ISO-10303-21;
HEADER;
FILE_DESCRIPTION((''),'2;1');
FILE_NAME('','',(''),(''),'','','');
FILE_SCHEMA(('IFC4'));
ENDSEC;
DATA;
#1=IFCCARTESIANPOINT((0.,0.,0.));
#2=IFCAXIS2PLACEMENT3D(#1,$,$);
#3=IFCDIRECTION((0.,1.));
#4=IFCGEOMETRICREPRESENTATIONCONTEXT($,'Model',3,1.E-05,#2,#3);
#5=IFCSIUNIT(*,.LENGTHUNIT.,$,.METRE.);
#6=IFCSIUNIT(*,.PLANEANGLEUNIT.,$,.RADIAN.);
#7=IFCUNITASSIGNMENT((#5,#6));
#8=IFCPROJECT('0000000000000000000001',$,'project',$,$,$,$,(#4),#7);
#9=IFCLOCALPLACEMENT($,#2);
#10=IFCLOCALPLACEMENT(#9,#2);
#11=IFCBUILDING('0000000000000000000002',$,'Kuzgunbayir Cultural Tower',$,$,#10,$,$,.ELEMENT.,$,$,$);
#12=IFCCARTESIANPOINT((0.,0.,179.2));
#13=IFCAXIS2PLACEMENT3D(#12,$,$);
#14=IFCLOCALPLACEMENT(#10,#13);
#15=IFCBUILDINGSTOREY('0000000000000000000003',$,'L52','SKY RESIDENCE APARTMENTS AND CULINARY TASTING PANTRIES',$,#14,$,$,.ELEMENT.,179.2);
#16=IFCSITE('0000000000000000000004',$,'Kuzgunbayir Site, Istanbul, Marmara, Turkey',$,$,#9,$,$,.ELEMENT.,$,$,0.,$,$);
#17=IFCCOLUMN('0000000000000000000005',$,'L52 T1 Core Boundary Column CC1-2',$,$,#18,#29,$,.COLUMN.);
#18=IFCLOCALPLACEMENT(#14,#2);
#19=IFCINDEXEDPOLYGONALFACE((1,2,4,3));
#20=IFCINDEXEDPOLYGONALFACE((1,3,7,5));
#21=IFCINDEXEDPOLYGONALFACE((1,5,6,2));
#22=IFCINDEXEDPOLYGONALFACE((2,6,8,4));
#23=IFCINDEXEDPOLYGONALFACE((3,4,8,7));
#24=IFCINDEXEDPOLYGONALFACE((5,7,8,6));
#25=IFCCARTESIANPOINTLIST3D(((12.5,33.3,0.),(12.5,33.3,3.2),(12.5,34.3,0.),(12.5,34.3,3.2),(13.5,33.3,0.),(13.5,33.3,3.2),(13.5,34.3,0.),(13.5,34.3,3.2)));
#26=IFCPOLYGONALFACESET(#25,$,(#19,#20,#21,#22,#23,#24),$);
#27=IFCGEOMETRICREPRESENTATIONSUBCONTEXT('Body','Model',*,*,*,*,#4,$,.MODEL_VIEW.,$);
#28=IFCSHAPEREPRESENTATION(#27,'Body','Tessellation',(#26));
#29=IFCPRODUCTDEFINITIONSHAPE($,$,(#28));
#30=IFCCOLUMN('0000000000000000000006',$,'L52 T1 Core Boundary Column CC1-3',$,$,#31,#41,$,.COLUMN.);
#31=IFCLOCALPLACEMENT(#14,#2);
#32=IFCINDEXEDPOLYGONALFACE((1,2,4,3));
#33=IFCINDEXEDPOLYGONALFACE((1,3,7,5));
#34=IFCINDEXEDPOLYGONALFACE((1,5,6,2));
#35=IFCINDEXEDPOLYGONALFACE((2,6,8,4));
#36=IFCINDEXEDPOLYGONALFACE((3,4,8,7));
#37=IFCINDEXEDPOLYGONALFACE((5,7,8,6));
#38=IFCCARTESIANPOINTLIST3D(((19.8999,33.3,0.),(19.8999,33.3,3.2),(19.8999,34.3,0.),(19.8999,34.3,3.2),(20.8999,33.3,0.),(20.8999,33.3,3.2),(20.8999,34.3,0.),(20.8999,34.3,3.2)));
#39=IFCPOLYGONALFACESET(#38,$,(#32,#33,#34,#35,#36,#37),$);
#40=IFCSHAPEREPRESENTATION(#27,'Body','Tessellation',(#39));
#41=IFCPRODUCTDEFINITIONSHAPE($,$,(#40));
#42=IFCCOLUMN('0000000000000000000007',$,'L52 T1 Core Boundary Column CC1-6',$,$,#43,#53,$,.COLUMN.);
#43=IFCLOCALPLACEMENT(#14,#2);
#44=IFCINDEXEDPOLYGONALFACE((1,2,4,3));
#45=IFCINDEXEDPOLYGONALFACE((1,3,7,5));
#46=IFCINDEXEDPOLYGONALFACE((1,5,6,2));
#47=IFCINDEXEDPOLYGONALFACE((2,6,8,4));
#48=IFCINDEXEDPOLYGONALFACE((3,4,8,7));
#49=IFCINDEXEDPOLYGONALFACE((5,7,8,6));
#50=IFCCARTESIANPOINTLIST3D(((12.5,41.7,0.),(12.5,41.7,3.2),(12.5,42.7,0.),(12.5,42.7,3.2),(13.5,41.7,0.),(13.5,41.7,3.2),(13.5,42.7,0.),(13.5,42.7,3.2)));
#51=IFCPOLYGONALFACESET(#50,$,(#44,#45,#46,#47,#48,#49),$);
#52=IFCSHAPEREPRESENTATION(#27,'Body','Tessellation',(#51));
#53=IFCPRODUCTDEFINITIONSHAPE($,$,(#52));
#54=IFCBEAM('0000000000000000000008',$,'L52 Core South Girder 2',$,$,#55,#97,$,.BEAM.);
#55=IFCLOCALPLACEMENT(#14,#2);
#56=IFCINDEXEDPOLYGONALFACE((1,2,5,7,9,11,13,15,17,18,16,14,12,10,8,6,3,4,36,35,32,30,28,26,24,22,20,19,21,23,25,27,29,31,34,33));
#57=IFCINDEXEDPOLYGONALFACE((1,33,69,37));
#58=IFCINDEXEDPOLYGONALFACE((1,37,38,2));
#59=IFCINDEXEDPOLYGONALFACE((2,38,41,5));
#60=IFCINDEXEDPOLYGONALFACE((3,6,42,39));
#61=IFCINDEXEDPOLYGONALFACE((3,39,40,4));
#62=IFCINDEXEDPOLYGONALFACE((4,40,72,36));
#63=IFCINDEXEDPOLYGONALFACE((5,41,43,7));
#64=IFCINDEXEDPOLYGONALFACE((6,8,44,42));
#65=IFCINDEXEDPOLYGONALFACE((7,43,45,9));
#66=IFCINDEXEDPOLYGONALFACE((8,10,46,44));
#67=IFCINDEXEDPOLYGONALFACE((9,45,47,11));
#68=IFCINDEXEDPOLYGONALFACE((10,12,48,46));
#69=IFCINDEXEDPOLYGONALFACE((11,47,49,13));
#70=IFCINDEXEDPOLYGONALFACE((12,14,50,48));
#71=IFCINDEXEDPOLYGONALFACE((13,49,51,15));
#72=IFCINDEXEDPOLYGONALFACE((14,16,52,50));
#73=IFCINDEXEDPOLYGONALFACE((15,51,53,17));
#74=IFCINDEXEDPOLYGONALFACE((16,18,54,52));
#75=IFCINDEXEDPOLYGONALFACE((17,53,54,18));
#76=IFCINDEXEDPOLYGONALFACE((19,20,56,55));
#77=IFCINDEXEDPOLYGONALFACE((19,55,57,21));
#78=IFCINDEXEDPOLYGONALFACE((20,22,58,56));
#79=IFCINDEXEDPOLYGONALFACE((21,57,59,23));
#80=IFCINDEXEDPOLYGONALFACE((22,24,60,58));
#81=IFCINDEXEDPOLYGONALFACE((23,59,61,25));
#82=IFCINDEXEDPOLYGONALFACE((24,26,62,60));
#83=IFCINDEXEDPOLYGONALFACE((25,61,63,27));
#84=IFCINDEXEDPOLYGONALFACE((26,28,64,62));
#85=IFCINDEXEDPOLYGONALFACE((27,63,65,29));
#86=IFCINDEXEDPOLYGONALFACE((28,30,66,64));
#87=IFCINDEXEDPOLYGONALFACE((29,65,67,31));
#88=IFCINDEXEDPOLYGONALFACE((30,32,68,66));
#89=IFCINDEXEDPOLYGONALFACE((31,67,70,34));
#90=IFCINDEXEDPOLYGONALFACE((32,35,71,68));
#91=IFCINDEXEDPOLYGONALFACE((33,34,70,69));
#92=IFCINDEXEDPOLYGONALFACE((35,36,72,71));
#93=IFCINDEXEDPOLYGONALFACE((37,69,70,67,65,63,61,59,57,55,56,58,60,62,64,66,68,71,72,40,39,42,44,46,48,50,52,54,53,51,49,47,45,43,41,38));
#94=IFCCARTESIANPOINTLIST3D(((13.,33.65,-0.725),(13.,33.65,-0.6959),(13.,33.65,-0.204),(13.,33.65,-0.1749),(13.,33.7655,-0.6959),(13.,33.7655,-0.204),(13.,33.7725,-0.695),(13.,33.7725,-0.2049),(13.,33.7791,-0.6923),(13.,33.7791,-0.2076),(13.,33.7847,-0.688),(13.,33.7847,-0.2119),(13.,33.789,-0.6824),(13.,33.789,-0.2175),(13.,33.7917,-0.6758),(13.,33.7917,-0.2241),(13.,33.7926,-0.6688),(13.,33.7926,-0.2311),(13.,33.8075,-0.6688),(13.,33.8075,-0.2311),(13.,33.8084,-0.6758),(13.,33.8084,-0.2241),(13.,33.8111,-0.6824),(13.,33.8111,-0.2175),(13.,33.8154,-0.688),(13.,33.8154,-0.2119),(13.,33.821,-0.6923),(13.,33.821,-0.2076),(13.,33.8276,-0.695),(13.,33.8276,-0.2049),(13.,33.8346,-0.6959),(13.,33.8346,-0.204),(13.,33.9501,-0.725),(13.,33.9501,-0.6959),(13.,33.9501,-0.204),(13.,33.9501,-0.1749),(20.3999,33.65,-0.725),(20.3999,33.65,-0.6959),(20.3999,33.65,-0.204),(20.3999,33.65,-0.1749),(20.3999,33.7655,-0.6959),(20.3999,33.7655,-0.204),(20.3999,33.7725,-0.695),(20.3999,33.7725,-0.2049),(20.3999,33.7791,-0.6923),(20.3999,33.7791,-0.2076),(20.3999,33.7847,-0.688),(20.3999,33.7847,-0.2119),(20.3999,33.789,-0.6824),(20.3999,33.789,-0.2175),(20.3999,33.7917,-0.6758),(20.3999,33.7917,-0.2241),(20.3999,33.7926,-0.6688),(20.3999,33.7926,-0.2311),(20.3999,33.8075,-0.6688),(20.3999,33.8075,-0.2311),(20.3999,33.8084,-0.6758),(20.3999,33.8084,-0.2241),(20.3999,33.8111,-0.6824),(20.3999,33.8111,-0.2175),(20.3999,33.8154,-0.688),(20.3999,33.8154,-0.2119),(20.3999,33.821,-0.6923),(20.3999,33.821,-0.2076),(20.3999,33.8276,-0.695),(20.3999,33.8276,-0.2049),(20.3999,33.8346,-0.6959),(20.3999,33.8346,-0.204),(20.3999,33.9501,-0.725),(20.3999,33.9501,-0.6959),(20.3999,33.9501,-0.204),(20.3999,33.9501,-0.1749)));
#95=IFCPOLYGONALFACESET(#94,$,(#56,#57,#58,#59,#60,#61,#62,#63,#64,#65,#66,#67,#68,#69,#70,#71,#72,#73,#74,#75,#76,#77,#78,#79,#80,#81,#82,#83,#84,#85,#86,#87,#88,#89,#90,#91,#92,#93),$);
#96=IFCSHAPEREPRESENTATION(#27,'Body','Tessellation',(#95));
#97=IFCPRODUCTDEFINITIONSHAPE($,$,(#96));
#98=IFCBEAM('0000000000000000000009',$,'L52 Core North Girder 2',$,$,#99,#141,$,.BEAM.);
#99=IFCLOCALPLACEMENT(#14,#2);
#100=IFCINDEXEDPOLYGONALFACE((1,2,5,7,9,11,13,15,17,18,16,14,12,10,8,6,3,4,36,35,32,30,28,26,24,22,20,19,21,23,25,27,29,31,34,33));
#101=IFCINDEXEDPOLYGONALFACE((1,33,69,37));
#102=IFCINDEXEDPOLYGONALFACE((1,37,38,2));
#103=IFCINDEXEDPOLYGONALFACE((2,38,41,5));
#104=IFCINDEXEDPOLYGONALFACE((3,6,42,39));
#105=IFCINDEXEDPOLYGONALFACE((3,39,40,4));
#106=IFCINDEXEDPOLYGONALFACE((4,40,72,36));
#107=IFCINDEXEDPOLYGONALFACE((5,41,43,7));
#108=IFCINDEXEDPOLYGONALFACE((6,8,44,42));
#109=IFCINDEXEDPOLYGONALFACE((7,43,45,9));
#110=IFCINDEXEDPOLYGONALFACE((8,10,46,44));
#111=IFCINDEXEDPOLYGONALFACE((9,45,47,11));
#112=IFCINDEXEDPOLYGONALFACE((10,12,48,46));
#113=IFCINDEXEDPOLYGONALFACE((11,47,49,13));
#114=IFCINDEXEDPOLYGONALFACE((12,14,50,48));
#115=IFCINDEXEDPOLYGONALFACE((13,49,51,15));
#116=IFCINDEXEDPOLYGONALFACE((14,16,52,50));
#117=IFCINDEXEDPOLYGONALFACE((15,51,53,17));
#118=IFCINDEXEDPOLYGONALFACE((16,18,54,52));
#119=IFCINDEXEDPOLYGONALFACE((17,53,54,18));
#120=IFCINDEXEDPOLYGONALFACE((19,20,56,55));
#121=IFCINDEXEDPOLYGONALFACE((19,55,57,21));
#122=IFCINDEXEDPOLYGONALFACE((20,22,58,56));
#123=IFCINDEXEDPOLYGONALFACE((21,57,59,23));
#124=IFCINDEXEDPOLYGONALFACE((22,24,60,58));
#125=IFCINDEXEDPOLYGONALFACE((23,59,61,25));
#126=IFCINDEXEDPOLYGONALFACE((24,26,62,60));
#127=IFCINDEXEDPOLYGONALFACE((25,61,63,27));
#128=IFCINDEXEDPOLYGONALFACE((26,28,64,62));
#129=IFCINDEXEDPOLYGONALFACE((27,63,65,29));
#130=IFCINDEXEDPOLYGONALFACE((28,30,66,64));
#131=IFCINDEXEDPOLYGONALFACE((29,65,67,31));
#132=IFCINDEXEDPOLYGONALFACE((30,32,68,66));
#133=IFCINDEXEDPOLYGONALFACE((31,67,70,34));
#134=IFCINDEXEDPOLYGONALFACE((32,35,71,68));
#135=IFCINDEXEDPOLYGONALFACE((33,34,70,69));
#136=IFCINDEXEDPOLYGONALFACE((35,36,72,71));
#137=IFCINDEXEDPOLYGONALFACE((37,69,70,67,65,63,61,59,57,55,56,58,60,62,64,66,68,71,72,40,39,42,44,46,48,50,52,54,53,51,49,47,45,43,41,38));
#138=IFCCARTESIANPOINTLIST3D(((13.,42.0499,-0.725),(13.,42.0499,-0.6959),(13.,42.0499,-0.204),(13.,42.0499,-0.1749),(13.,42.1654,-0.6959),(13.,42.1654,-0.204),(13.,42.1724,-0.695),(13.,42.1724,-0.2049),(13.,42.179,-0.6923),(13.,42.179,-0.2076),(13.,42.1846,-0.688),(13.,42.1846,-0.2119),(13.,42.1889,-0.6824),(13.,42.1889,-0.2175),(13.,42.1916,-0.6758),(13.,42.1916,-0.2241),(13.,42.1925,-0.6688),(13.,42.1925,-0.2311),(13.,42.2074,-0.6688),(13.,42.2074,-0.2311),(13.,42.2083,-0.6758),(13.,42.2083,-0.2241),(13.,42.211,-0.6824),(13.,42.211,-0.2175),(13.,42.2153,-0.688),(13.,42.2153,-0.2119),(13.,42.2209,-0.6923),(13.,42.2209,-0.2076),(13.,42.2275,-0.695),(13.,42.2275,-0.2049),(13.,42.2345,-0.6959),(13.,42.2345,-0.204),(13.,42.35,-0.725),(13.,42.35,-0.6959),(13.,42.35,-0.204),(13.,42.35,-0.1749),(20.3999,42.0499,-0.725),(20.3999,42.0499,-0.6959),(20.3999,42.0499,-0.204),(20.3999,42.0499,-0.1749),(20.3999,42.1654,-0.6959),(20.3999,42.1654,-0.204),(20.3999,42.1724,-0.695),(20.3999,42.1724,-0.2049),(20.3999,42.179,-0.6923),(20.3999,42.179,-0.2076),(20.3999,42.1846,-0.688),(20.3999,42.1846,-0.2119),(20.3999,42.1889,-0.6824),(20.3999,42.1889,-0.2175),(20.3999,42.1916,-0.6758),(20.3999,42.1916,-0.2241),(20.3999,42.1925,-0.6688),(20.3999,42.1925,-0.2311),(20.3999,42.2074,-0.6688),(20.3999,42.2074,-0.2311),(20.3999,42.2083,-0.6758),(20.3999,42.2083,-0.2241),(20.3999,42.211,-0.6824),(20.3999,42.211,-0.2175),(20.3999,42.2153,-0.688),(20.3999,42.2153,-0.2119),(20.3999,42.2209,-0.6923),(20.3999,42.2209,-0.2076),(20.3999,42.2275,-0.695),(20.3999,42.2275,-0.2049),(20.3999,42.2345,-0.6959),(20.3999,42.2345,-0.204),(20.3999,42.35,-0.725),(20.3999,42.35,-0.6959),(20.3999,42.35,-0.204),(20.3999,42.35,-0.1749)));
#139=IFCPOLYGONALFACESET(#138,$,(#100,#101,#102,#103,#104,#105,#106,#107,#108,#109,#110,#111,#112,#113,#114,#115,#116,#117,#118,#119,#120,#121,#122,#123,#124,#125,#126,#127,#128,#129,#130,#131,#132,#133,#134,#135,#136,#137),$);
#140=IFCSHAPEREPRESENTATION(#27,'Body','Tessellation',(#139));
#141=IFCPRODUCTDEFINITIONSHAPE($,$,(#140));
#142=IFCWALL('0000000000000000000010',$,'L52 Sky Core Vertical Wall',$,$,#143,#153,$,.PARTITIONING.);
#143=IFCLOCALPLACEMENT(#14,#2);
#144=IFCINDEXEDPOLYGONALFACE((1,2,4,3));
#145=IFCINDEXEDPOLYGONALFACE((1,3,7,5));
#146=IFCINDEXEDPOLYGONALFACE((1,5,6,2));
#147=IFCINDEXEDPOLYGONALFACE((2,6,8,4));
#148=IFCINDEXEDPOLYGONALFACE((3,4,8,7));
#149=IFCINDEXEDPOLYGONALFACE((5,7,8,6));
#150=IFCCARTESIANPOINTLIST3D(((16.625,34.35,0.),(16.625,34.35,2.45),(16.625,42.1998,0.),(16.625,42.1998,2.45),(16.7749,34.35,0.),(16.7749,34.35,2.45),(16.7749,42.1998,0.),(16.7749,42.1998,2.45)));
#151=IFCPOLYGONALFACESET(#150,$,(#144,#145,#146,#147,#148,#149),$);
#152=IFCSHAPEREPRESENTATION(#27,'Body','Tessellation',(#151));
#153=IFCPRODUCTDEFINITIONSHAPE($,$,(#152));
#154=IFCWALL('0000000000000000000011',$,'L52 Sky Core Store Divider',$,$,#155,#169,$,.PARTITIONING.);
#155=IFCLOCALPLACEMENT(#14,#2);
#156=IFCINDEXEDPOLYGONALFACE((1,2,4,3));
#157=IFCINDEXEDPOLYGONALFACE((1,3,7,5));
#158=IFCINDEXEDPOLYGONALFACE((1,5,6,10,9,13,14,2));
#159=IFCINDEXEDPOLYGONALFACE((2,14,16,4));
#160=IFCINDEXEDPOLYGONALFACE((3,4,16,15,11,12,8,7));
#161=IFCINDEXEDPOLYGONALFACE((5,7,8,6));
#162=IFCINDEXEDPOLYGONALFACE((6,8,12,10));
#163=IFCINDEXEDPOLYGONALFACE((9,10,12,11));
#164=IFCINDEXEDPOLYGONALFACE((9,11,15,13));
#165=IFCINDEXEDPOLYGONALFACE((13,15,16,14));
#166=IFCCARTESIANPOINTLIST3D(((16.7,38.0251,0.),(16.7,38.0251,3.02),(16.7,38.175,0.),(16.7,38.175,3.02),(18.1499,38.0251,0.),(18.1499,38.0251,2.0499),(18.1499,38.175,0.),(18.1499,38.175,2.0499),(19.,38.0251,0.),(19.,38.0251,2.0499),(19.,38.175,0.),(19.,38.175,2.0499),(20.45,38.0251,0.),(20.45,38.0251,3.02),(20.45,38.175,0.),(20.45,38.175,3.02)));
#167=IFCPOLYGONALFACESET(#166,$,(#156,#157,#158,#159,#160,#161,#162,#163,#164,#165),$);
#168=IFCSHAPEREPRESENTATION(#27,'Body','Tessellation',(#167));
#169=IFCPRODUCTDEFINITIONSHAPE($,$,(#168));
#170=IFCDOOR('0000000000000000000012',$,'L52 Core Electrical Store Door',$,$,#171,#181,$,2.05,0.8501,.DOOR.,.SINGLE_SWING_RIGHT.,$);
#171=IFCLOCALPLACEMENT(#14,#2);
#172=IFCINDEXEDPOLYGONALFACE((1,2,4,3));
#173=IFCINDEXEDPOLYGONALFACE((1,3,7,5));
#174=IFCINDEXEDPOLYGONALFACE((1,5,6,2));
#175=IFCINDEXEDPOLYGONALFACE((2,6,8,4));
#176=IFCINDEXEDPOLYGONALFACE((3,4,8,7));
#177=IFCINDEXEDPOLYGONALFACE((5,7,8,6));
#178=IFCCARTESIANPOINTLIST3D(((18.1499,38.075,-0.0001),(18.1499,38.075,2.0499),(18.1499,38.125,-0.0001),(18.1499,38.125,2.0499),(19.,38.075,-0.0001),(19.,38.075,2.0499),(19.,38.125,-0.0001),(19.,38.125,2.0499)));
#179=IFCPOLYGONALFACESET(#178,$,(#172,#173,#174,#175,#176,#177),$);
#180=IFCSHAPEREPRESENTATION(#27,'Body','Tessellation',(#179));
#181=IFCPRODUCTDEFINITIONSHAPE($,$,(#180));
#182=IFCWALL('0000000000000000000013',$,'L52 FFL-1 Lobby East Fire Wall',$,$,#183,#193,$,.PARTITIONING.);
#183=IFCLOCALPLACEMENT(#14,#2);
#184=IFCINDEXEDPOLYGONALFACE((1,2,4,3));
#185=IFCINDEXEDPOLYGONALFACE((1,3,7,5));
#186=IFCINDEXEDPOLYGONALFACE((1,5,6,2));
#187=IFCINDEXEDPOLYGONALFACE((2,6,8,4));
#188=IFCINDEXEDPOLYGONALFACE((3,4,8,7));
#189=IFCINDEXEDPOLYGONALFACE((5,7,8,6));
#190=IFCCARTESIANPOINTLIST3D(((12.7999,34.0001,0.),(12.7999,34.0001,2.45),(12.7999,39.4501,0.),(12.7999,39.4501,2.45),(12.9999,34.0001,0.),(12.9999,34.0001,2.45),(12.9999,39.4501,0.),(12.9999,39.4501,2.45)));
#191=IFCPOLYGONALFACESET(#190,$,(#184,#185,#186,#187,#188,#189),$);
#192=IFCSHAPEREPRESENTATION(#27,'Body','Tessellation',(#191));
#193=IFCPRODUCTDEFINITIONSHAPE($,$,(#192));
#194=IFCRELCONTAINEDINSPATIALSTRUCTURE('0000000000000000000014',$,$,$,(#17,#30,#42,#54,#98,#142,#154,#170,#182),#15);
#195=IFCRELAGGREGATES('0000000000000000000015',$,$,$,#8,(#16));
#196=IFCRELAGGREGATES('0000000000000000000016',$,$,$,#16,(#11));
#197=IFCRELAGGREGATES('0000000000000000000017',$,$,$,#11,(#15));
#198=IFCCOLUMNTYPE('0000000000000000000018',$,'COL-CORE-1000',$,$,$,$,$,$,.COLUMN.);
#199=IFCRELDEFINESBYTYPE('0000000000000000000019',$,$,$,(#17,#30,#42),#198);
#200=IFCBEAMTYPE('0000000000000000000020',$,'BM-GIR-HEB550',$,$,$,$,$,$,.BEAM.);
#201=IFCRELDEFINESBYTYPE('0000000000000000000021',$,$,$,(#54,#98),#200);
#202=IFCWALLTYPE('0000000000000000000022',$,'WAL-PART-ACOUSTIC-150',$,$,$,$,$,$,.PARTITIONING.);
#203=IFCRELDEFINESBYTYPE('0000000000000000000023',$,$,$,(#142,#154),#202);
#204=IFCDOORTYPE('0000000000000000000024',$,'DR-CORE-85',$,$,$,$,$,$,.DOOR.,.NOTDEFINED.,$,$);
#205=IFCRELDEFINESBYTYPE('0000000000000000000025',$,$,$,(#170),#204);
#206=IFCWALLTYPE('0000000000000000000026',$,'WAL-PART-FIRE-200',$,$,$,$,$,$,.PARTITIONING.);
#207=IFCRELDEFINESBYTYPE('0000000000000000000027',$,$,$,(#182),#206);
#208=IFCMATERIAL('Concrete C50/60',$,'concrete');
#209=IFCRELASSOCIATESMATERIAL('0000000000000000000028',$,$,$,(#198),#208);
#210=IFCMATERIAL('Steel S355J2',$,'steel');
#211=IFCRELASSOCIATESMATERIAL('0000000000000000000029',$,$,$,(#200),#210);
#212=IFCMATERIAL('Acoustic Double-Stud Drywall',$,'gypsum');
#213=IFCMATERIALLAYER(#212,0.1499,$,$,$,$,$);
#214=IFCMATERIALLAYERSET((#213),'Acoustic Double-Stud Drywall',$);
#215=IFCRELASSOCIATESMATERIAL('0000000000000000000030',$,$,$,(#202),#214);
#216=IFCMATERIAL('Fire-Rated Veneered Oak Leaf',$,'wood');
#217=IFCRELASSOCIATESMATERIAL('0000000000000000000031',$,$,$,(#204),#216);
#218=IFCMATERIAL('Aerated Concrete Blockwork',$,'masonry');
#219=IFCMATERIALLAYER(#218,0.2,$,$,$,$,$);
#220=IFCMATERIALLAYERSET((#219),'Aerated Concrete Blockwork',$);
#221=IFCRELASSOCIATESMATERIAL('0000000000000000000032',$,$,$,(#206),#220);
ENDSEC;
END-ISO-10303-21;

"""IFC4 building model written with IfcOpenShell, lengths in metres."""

from ifc_helpers import new_model, si_unit, direction, frame, frame_2d, origin, origin_2d, place, context, subcontext, project, spatial, rectangle, i_section, extrude, material, layer, layer_set, material_profile, profile_set, type_object, element, fill, save


model = new_model("IFC4")

# Units and contexts
model_context = context("Model", 3, precision=1e-05, world=origin(), true_north=direction((0.0, 1.0)))
body_context = subcontext(model_context, "Body", "Model", "MODEL_VIEW")
ifc_project = project(units=[si_unit("LENGTHUNIT", "METRE"), si_unit("PLANEANGLEUNIT", "RADIAN")], contexts=[model_context])

# Site, building, storey
site_placement = place(None, origin())
site = spatial("IfcSite", under=ifc_project, at=site_placement, Name="Kuzgunbayir Site, Istanbul, Marmara, Turkey", CompositionType="ELEMENT", RefElevation=0.0)
building_placement = place(site_placement, origin())
building = spatial("IfcBuilding", under=site, at=building_placement, Name="Kuzgunbayir Cultural Tower", CompositionType="ELEMENT")
storey_placement = place(building_placement, frame((0.0, 0.0, 179.2)))
storey = spatial("IfcBuildingStorey", under=building, at=storey_placement, Name="L52", Description="SKY RESIDENCE APARTMENTS AND CULINARY TASTING PANTRIES", CompositionType="ELEMENT", Elevation=179.2)

# Columns
ifc_material_1 = material(Name="Concrete C50/60", Category="concrete")
ifc_material_profile_1 = material_profile(ifc_material_1, rectangle(XDim=1.0, YDim=1.0, at=origin_2d()), Name="RC 1000x1000")
ifc_profile_set_1 = profile_set([ifc_material_profile_1], Name="Concrete C50/60")
column_type = type_object("IfcColumnType", Name="COL-CORE-1000", PredefinedType="COLUMN", material=ifc_profile_set_1)
for number, where, z_axis, x_axis, name in (
    (1, (13.0, 33.8, 0.0), (0.0, 0.0, 1.0), (1.0, 0.0, 0.0), "L52 T1 Core Boundary Column CC1-2"),
    (2, (20.3999, 33.8, 0.0), (0.0, 0.0, 1.0), (1.0, 0.0, 0.0), "L52 T1 Core Boundary Column CC1-3"),
    (3, (13.0, 42.2, 0.0), (0.0, 0.0, 1.0), (1.0, 0.0, 0.0), "L52 T1 Core Boundary Column CC1-6"),
):
    element("IfcColumn", number, at=place(storey_placement, frame(where, z_axis=z_axis, x_axis=x_axis)), inside=storey, type_object=column_type, Name=name, PredefinedType="COLUMN", context=body_context, shape_type="SweptSolid", body=[
        extrude(rectangle(XDim=1.0, YDim=1.0, at=origin_2d()), origin(), (0.0, 0.0, 1.0), 3.2),
    ])

# Beams
ifc_material_2 = material(Name="Steel S355J2", Category="steel")
ifc_material_profile_2 = material_profile(ifc_material_2, i_section(OverallWidth=0.3, OverallDepth=0.55, WebThickness=0.0149, FlangeThickness=0.0291, FilletRadius=0.0271, at=origin_2d()), Name="HEB 550")
ifc_profile_set_2 = profile_set([ifc_material_profile_2], Name="Steel S355J2")
beam_type = type_object("IfcBeamType", Name="BM-GIR-HEB550", PredefinedType="BEAM", material=ifc_profile_set_2)
for number, where, z_axis, x_axis, name in (
    (4, (13.0, 33.8, -0.45), (1.0, 0.0, 0.0), (0.0, 1.0, 0.0), "L52 Core South Girder 2"),
    (5, (13.0, 42.2, -0.45), (1.0, 0.0, 0.0), (0.0, 1.0, 0.0), "L52 Core North Girder 2"),
):
    element("IfcBeam", number, at=place(storey_placement, frame(where, z_axis=z_axis, x_axis=x_axis)), inside=storey, type_object=beam_type, Name=name, PredefinedType="BEAM", context=body_context, shape_type="SweptSolid", body=[
        extrude(i_section(OverallWidth=0.3, OverallDepth=0.55, WebThickness=0.0149, FlangeThickness=0.0291, FilletRadius=0.0271, at=origin_2d()), origin(), (0.0, 0.0, 1.0), 7.3999),
    ])

# Shared definitions
ifc_material_3 = material(Name="Acoustic Double-Stud Drywall", Category="gypsum")
ifc_layer_1 = layer(ifc_material_3, 0.1499)
ifc_layer_set_1 = layer_set([ifc_layer_1], Name="Acoustic Double-Stud Drywall")
wall_type_1 = type_object("IfcWallType", Name="WAL-PART-ACOUSTIC-150", PredefinedType="PARTITIONING", material=ifc_layer_set_1)
ifc_material_4 = material(Name="Fire-Rated Veneered Oak Leaf", Category="wood")

# Wall
wall_1_placement = place(storey_placement, frame((16.7, 34.3501, 0.0), z_axis=(0.0, 0.0, 1.0), x_axis=(0.0, 1.0, 0.0)))
element("IfcWall", 6, at=wall_1_placement, inside=storey, type_object=wall_type_1, Name="L52 Sky Core Vertical Wall", PredefinedType="PARTITIONING", context=body_context, shape_type="SweptSolid", body=[
    extrude(rectangle(XDim=7.8499, YDim=0.1499, at=frame_2d((3.9248, 0.0))), origin(), (0.0, 0.0, 1.0), 2.45),
])

# Wall, opening, door
wall_2_placement = place(storey_placement, frame((16.7, 38.1001, 0.0), z_axis=(0.0, 0.0, 1.0), x_axis=(1.0, 0.0, 0.0)))
wall_2 = element("IfcWall", 7, at=wall_2_placement, inside=storey, type_object=wall_type_1, Name="L52 Sky Core Store Divider", PredefinedType="PARTITIONING", context=body_context, shape_type="SweptSolid", body=[
    extrude(rectangle(XDim=3.75, YDim=0.1499, at=frame_2d((1.875, 0.0))), origin(), (0.0, 0.0, 1.0), 3.02),
])
opening_1_placement = place(wall_2_placement, frame((1.45, 0.0, 0.0)))
opening_1 = element("IfcOpeningElement", 8, at=opening_1_placement, cuts=wall_2, PredefinedType="OPENING", context=body_context, shape_type="SweptSolid", body=[
    extrude(rectangle(XDim=0.8501, YDim=2.05, at=frame_2d((0.425, 1.0249))), frame((0.0, 0.085, 0.0), z_axis=(0.0, -1.0, 0.0), x_axis=(1.0, 0.0, 0.0)), (0.0, 0.0, 1.0), 0.1699),
])
door_type_1 = type_object("IfcDoorType", Name="DR-CORE-85", OperationType="NOTDEFINED", PredefinedType="DOOR", material=ifc_material_4)
door_1_placement = place(opening_1_placement, origin())
door_1 = element("IfcDoor", 9, at=door_1_placement, inside=storey, type_object=door_type_1, Name="L52 Core Electrical Store Door", OperationType="SINGLE_SWING_RIGHT", OverallHeight=2.05, OverallWidth=0.8501, PredefinedType="DOOR", context=body_context, shape_type="SweptSolid", body=[
    extrude(rectangle(XDim=0.8501, YDim=2.05, at=frame_2d((0.425, 1.0249))), frame((0.0, 0.0249, 0.0), z_axis=(0.0, -1.0, 0.0), x_axis=(1.0, 0.0, 0.0)), (0.0, 0.0, 1.0), 0.05),
])
fill(opening_1, door_1)

# Wall
ifc_material_5 = material(Name="Aerated Concrete Blockwork", Category="masonry")
ifc_layer_2 = layer(ifc_material_5, 0.2)
ifc_layer_set_2 = layer_set([ifc_layer_2], Name="Aerated Concrete Blockwork")
wall_type_2 = type_object("IfcWallType", Name="WAL-PART-FIRE-200", PredefinedType="PARTITIONING", material=ifc_layer_set_2)
wall_3_placement = place(storey_placement, frame((12.8999, 34.0, 0.0), z_axis=(0.0, 0.0, 1.0), x_axis=(0.0, 1.0, 0.0)))
element("IfcWall", 10, at=wall_3_placement, inside=storey, type_object=wall_type_2, Name="L52 FFL-1 Lobby East Fire Wall", PredefinedType="PARTITIONING", context=body_context, shape_type="SweptSolid", body=[
    extrude(rectangle(XDim=5.45, YDim=0.2, at=frame_2d((2.7251, 0.0))), origin(), (0.0, 0.0, 1.0), 2.45),
])

save(model, "model.ifc")
